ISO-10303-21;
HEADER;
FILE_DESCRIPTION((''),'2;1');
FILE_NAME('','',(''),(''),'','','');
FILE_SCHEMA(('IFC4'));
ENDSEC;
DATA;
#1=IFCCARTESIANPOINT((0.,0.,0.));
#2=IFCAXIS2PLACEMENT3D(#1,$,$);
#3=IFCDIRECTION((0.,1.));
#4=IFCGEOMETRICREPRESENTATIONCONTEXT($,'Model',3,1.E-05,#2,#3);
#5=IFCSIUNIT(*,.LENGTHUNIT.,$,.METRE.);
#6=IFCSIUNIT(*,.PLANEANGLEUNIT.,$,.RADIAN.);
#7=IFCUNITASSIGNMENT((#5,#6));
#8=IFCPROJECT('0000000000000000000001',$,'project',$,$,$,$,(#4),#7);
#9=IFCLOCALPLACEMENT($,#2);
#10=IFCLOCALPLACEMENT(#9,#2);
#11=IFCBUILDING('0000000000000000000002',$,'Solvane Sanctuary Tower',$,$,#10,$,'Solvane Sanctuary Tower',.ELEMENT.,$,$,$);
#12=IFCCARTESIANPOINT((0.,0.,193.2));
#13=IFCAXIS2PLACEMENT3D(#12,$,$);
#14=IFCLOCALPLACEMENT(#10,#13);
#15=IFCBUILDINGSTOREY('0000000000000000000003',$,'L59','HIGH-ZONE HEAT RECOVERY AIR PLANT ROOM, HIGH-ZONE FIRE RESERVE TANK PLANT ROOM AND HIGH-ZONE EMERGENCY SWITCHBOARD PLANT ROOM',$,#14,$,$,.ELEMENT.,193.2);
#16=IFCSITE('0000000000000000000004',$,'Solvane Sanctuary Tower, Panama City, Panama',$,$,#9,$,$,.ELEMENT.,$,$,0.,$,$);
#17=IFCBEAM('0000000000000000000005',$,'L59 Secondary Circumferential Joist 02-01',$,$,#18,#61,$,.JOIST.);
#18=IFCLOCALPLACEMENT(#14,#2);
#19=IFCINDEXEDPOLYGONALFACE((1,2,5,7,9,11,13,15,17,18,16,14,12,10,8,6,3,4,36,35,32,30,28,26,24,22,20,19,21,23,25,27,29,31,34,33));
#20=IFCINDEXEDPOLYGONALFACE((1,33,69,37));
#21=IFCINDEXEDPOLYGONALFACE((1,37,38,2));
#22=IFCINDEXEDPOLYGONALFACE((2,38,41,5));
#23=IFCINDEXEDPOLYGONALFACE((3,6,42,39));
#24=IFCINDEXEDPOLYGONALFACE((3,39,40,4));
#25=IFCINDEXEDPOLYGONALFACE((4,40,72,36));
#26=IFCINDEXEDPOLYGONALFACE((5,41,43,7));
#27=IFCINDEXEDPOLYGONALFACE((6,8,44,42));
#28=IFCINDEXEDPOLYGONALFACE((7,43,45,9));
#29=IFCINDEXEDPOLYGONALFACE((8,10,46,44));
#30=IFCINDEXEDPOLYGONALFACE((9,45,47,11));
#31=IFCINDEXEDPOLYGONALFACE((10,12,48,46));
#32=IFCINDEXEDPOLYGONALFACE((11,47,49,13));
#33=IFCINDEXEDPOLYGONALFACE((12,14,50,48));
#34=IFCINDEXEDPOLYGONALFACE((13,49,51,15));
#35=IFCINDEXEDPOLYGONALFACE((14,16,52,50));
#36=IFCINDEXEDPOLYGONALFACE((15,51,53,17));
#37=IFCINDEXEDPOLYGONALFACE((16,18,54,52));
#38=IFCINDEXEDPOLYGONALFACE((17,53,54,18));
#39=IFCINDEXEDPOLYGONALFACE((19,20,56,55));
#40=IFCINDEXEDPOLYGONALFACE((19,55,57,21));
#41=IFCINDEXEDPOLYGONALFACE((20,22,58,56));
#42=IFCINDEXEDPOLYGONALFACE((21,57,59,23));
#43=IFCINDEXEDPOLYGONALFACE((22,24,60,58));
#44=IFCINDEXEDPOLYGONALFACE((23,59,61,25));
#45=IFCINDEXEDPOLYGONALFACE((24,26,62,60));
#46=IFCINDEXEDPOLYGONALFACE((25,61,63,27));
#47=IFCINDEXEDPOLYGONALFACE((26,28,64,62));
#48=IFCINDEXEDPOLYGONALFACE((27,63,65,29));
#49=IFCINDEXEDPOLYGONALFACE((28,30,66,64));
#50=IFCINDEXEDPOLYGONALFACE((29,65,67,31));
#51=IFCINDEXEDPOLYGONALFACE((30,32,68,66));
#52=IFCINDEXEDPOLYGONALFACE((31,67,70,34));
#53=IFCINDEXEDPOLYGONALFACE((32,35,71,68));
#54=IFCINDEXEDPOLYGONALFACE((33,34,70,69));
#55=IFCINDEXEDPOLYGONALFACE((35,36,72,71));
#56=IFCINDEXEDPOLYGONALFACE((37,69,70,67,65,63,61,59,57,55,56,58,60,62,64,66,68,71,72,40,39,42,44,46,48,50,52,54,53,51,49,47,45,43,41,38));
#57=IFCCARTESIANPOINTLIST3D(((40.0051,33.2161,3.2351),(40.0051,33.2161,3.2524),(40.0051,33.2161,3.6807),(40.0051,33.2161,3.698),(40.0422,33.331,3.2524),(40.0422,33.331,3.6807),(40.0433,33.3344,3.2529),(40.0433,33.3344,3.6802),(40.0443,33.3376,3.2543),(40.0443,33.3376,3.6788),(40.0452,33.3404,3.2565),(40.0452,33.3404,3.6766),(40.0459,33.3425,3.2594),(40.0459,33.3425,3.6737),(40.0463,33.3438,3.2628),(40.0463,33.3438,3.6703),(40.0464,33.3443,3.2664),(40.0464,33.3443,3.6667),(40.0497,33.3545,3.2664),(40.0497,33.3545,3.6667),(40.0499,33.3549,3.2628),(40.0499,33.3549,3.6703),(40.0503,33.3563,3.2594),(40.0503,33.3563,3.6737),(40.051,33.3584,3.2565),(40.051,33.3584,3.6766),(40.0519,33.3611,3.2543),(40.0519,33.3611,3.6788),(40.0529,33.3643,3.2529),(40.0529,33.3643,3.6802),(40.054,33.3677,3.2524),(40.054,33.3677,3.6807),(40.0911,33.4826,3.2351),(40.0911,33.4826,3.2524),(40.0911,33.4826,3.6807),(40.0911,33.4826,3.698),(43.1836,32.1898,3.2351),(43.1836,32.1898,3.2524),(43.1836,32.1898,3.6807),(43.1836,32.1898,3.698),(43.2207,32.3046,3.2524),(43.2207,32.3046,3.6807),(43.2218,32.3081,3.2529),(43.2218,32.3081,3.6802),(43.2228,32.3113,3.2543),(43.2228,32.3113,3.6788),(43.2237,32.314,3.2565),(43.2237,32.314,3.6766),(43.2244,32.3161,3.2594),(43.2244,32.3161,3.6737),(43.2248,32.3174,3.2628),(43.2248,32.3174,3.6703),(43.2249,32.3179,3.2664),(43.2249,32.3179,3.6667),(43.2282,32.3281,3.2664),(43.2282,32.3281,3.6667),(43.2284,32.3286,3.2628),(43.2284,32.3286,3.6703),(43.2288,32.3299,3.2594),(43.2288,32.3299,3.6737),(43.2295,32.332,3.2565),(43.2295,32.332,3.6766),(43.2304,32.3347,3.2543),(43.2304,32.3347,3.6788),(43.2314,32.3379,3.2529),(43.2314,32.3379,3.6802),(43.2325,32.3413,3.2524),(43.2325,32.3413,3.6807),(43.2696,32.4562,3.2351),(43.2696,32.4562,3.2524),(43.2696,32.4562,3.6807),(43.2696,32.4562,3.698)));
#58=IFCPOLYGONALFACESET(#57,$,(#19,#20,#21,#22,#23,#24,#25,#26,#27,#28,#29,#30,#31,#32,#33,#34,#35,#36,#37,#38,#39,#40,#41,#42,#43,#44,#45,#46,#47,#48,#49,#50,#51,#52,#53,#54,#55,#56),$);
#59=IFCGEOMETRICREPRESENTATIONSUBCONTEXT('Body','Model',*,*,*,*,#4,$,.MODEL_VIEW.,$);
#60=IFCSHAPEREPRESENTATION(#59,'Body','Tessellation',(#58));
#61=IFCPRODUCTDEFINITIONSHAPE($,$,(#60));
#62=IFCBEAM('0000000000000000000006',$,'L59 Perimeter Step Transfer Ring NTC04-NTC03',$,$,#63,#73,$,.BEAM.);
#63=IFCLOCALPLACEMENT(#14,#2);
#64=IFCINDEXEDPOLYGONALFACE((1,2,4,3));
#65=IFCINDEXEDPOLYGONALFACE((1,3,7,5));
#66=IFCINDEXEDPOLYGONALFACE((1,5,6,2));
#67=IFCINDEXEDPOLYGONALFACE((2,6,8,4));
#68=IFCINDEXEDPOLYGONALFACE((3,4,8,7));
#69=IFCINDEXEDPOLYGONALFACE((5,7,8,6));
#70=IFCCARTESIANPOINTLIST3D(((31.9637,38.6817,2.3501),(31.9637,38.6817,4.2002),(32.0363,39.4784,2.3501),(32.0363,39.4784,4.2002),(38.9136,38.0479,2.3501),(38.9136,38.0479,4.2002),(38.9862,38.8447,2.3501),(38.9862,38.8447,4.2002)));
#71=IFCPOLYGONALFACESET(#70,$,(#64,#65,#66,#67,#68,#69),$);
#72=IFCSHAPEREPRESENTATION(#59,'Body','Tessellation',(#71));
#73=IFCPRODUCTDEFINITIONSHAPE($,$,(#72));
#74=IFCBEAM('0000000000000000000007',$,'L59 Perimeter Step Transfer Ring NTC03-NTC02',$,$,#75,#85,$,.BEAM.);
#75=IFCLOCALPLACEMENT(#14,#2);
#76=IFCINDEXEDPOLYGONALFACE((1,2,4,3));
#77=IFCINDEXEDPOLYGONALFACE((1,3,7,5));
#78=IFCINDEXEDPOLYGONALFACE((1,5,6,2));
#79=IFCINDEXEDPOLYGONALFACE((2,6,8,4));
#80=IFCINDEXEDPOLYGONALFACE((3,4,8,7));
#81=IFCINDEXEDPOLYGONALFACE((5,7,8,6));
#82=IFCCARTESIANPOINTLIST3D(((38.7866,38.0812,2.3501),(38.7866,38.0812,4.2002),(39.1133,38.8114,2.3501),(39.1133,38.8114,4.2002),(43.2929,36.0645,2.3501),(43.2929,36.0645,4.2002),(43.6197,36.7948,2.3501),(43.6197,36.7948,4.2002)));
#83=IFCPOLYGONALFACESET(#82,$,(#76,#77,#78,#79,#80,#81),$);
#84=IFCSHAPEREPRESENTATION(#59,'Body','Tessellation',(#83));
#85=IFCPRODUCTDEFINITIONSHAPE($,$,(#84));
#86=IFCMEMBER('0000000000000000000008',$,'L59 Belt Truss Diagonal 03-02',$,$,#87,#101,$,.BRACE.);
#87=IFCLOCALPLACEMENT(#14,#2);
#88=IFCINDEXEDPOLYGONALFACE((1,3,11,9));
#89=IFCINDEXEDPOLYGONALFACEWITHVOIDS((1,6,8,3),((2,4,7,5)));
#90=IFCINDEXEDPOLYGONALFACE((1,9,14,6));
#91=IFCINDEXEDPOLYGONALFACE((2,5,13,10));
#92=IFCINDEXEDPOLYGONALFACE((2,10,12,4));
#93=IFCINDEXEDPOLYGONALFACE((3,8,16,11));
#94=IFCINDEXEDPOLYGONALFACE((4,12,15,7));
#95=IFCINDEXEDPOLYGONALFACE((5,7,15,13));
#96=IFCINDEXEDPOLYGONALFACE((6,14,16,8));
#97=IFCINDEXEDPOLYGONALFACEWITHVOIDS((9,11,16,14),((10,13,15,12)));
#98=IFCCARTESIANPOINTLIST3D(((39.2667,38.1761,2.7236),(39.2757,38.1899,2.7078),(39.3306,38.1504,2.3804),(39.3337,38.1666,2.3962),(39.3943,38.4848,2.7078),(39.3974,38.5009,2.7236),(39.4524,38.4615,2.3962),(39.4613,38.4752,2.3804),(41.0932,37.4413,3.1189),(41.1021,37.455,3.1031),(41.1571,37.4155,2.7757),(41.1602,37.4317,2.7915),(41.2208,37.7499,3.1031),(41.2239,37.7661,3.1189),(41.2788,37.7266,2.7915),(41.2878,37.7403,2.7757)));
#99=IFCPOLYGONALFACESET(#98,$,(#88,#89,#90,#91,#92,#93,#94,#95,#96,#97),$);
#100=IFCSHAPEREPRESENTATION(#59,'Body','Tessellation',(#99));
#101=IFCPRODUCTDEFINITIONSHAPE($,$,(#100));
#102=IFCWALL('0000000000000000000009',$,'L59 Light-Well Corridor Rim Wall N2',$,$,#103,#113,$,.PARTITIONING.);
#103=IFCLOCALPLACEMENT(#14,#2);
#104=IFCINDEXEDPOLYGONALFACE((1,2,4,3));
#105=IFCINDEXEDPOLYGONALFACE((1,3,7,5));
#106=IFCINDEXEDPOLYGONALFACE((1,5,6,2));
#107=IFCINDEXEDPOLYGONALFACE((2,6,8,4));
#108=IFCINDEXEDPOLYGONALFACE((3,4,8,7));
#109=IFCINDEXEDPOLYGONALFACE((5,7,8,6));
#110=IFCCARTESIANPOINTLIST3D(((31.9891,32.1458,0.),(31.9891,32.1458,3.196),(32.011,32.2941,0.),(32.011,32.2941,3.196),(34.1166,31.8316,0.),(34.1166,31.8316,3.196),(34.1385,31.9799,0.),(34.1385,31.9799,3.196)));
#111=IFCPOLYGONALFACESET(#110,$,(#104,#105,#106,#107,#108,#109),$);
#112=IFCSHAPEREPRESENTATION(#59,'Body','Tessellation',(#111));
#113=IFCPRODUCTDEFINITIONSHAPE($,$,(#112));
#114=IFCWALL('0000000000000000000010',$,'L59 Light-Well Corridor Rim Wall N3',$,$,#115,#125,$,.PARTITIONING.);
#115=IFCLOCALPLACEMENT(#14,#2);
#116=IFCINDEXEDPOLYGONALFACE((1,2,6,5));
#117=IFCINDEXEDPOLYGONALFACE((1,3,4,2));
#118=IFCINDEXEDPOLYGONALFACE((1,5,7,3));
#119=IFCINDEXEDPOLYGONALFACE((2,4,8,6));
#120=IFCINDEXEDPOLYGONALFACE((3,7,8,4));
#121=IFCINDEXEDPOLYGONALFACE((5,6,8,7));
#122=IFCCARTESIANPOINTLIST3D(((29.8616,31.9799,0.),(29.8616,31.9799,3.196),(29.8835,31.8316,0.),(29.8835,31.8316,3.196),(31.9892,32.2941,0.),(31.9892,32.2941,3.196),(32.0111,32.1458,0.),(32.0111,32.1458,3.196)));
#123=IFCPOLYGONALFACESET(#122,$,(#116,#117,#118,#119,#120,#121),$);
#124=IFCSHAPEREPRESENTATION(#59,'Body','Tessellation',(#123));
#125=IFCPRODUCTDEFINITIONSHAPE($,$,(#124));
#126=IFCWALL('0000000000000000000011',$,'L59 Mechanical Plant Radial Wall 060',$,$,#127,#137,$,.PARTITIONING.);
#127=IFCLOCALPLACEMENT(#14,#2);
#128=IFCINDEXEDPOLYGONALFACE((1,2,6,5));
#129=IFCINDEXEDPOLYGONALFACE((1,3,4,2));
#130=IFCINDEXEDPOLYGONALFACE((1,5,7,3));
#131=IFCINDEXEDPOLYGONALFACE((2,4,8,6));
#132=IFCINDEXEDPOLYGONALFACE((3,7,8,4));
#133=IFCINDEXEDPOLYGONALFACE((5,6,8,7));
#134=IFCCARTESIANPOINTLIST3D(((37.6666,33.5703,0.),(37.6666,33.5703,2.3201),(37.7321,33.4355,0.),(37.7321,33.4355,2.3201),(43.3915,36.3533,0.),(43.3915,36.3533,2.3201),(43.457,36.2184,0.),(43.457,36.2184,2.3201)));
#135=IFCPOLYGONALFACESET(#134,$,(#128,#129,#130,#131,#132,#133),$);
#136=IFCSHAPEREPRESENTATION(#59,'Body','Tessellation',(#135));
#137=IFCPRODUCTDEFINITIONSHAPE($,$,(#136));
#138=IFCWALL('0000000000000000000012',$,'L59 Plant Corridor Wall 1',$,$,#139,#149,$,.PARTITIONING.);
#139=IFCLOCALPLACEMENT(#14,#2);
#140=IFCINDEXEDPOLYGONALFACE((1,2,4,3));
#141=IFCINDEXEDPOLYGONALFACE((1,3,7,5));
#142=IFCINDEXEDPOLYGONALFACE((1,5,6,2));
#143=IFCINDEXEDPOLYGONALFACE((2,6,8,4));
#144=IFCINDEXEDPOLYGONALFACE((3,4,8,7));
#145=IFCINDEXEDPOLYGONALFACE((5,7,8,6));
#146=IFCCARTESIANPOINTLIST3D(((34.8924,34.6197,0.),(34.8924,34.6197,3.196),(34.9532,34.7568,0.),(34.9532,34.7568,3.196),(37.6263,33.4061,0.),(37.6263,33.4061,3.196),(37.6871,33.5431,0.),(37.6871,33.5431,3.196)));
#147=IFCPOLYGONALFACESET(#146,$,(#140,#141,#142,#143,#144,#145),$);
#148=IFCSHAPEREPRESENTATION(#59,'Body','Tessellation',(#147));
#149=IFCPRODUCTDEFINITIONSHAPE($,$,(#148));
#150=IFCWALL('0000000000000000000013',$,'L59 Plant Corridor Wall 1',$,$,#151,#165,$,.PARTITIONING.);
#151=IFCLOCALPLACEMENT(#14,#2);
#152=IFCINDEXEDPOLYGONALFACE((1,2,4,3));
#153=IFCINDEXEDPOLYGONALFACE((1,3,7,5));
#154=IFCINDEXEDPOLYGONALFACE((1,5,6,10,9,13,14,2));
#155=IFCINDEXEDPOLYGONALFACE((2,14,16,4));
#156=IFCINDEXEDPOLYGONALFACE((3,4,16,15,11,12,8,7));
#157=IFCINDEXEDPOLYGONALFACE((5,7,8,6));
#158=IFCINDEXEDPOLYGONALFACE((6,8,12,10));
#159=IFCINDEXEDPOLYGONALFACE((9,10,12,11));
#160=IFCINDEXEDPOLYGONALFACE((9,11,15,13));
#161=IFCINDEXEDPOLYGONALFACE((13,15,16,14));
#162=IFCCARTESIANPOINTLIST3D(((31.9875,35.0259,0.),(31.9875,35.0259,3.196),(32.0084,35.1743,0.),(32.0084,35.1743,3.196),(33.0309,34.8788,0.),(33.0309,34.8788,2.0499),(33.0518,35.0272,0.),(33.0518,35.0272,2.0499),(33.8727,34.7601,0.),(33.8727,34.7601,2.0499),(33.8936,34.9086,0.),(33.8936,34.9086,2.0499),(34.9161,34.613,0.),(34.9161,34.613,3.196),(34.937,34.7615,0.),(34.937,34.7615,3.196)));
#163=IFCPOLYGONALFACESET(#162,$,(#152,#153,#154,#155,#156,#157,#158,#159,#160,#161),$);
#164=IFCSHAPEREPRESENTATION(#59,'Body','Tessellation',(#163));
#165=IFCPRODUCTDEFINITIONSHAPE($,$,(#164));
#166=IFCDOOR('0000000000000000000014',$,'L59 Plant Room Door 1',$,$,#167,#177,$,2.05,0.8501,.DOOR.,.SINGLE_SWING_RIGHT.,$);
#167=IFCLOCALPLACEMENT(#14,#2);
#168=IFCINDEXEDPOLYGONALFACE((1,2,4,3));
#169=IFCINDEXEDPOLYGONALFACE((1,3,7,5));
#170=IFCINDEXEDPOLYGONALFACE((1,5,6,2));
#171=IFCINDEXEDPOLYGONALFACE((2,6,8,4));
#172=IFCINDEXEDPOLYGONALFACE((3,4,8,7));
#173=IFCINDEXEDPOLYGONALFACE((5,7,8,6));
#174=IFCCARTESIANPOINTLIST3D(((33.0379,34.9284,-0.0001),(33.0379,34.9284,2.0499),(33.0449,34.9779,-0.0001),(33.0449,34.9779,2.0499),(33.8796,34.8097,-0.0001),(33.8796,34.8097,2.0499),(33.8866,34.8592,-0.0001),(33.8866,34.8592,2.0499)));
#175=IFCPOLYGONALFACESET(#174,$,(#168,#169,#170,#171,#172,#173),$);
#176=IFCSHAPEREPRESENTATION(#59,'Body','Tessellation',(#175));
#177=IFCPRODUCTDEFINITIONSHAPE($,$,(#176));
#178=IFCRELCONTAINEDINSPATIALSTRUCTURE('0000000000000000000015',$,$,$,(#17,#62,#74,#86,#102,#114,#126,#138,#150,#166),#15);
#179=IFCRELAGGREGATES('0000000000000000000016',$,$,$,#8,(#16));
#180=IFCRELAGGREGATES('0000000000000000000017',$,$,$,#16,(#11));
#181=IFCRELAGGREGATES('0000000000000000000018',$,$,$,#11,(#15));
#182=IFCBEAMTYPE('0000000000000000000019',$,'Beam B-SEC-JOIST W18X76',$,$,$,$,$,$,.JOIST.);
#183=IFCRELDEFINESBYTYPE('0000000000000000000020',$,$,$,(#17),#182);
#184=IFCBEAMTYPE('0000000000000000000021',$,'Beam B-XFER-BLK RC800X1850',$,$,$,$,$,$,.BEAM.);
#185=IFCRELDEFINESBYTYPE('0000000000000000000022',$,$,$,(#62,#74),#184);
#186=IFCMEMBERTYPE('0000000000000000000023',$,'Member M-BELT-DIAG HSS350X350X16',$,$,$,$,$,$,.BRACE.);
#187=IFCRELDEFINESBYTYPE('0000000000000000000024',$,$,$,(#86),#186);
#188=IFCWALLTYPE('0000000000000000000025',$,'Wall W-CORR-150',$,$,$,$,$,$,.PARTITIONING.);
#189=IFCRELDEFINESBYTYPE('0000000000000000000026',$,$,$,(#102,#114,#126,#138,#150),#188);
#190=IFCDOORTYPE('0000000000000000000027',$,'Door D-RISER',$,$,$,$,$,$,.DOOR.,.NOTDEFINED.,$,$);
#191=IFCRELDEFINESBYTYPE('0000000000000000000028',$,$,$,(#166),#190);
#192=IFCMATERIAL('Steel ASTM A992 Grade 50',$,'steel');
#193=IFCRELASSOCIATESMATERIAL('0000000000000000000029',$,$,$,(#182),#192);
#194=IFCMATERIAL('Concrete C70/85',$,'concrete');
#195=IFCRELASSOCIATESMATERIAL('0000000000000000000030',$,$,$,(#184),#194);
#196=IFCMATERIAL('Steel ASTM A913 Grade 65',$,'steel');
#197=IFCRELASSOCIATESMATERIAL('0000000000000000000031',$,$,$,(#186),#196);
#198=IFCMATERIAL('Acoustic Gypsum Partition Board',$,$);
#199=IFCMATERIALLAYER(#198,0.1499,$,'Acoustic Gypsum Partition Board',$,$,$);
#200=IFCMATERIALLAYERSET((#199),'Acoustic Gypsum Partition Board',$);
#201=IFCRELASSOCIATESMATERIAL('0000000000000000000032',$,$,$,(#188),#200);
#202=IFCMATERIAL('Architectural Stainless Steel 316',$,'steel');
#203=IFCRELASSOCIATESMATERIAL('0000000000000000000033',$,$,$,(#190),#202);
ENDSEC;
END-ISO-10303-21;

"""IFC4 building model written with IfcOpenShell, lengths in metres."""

from ifc_helpers import new_model, si_unit, direction, frame, frame_2d, origin, origin_2d, place, context, subcontext, project, spatial, rectangle, hollow_rectangle, i_section, extrude, material, layer, layer_set, material_profile, profile_set, type_object, element, fill, save


model = new_model("IFC4")

# Units and contexts
model_context = context("Model", 3, precision=1e-05, world=origin(), true_north=direction((0.0, 1.0)))
body_context = subcontext(model_context, "Body", "Model", "MODEL_VIEW")
ifc_project = project(units=[si_unit("LENGTHUNIT", "METRE"), si_unit("PLANEANGLEUNIT", "RADIAN")], contexts=[model_context])

# Site, building, storey
site_placement = place(None, origin())
site = spatial("IfcSite", under=ifc_project, at=site_placement, Name="Solvane Sanctuary Tower, Panama City, Panama", CompositionType="ELEMENT", RefElevation=0.0)
building_placement = place(site_placement, origin())
building = spatial("IfcBuilding", under=site, at=building_placement, Name="Solvane Sanctuary Tower", LongName="Solvane Sanctuary Tower", CompositionType="ELEMENT")
storey_placement = place(building_placement, frame((0.0, 0.0, 193.2)))
storey = spatial("IfcBuildingStorey", under=building, at=storey_placement, Name="L59", Description="HIGH-ZONE HEAT RECOVERY AIR PLANT ROOM, HIGH-ZONE FIRE RESERVE TANK PLANT ROOM AND HIGH-ZONE EMERGENCY SWITCHBOARD PLANT ROOM", CompositionType="ELEMENT", Elevation=193.2)

# Beams
ifc_material_1 = material(Name="Steel ASTM A913 Grade 65", Category="steel")
ifc_material_2 = material(Name="Steel ASTM A992 Grade 50", Category="steel")
ifc_material_profile_1 = material_profile(ifc_material_2, i_section(OverallWidth=0.28, OverallDepth=0.4629, WebThickness=0.0107, FlangeThickness=0.0173, FilletRadius=0.0139, at=origin_2d()), Name="W18X76")
ifc_profile_set_1 = profile_set([ifc_material_profile_1], Name="Steel ASTM A992 Grade 50")
beam_type_1 = type_object("IfcBeamType", Name="Beam B-SEC-JOIST W18X76", PredefinedType="JOIST", material=ifc_profile_set_1)
beam_1_placement = place(storey_placement, frame((40.0481, 33.3494, 3.4666), z_axis=(0.951616, -0.307289, 0.0), x_axis=(0.307289, 0.951616, 0.0)))
element("IfcBeam", 1, at=beam_1_placement, inside=storey, type_object=beam_type_1, Name="L59 Secondary Circumferential Joist 02-01", PredefinedType="JOIST", context=body_context, shape_type="SweptSolid", body=[
    extrude(i_section(OverallWidth=0.28, OverallDepth=0.4629, WebThickness=0.0107, FlangeThickness=0.0173, FilletRadius=0.0139, at=origin_2d()), origin(), (0.0, 0.0, 1.0), 3.3401),
])
ifc_material_3 = material(Name="Concrete C70/85", Category="concrete")
ifc_material_profile_2 = material_profile(ifc_material_3, rectangle(XDim=0.8, YDim=1.8501, at=origin_2d()), Name="RC800X1850")
ifc_profile_set_2 = profile_set([ifc_material_profile_2], Name="Concrete C70/85")
beam_type_2 = type_object("IfcBeamType", Name="Beam B-XFER-BLK RC800X1850", PredefinedType="BEAM", material=ifc_profile_set_2)
beam_2_placement = place(storey_placement, frame((32.0, 39.0801, 3.2751), z_axis=(0.995868, -0.090816, 0.0), x_axis=(0.090816, 0.995868, 0.0)))
element("IfcBeam", 2, at=beam_2_placement, inside=storey, type_object=beam_type_2, Name="L59 Perimeter Step Transfer Ring NTC04-NTC03", PredefinedType="BEAM", context=body_context, shape_type="SweptSolid", body=[
    extrude(rectangle(XDim=0.8, YDim=1.8501, at=origin_2d()), origin(), (0.0, 0.0, 1.0), 6.9788),
])
beam_3_placement = place(storey_placement, frame((38.95, 38.4463, 3.2751), z_axis=(0.912773, -0.408468, 0.0), x_axis=(0.408468, 0.912773, 0.0)))
element("IfcBeam", 3, at=beam_3_placement, inside=storey, type_object=beam_type_2, Name="L59 Perimeter Step Transfer Ring NTC03-NTC02", PredefinedType="BEAM", context=body_context, shape_type="SweptSolid", body=[
    extrude(rectangle(XDim=0.8, YDim=1.8501, at=origin_2d()), origin(), (0.0, 0.0, 1.0), 4.937),
])

# Member
ifc_material_profile_3 = material_profile(ifc_material_1, hollow_rectangle(XDim=0.3501, YDim=0.3501, WallThickness=0.0161, at=origin_2d()), Name="HSS350X350X16")
ifc_profile_set_3 = profile_set([ifc_material_profile_3], Name="Steel ASTM A913 Grade 65")
member_type = type_object("IfcMemberType", Name="Member M-BELT-DIAG HSS350X350X16", PredefinedType="BRACE", material=ifc_profile_set_3)
member_placement = place(storey_placement, frame((39.364, 38.3257, 2.552), z_axis=(0.909571, -0.365968, 0.196845), x_axis=(0.373271, 0.927722, 0.0)))
element("IfcMember", 4, at=member_placement, inside=storey, type_object=member_type, Name="L59 Belt Truss Diagonal 03-02", PredefinedType="BRACE", context=body_context, shape_type="SweptSolid", body=[
    extrude(hollow_rectangle(XDim=0.3501, YDim=0.3501, WallThickness=0.0161, at=origin_2d()), origin(), (0.0, 0.0, 1.0), 2.0081),
])

# Walls
ifc_material_4 = material(Name="Acoustic Gypsum Partition Board")
ifc_layer_1 = layer(ifc_material_4, 0.1499, Name="Acoustic Gypsum Partition Board")
ifc_layer_set_1 = layer_set([ifc_layer_1], Name="Acoustic Gypsum Partition Board")
wall_type_1 = type_object("IfcWallType", Name="Wall W-CORR-150", PredefinedType="PARTITIONING", material=ifc_layer_set_1)
for number, where, z_axis, x_axis, name in (
    (5, (34.1274, 31.9058, 0.0), (0.0, 0.0, 1.0), (-0.989269, 0.146108, 0.0), "L59 Light-Well Corridor Rim Wall N2"),
    (6, (32.0, 32.22, 0.0), (0.0, 0.0, 1.0), (-0.989269, -0.146108, 0.0), "L59 Light-Well Corridor Rim Wall N3"),
):
    element("IfcWall", number, at=place(storey_placement, frame(where, z_axis=z_axis, x_axis=x_axis)), inside=storey, type_object=wall_type_1, Name=name, PredefinedType="PARTITIONING", context=body_context, shape_type="SweptSolid", body=[
        extrude(rectangle(XDim=2.1506, YDim=0.1499, at=frame_2d((1.0752, 0.0))), origin(), (0.0, 0.0, 1.0), 3.196),
    ])
wall_1_placement = place(storey_placement, frame((37.6995, 33.5029, 0.0), z_axis=(0.0, 0.0, 1.0), x_axis=(0.899365, 0.437198, 0.0)))
element("IfcWall", 7, at=wall_1_placement, inside=storey, type_object=wall_type_1, Name="L59 Mechanical Plant Radial Wall 060", PredefinedType="PARTITIONING", context=body_context, shape_type="SweptSolid", body=[
    extrude(rectangle(XDim=6.3655, YDim=0.1499, at=frame_2d((3.1826, 0.0))), origin(), (0.0, 0.0, 1.0), 2.3201),
])
wall_2_placement = place(storey_placement, frame((37.6567, 33.4746, 0.0), z_axis=(0.0, 0.0, 1.0), x_axis=(-0.91399, 0.405737, 0.0)))
element("IfcWall", 8, at=wall_2_placement, inside=storey, type_object=wall_type_1, Name="L59 Plant Corridor Wall 1", PredefinedType="PARTITIONING", context=body_context, shape_type="SweptSolid", body=[
    extrude(rectangle(XDim=2.9912, YDim=0.1499, at=frame_2d((1.4956, 0.0))), origin(), (0.0, 0.0, 1.0), 3.196),
])

# Wall, opening, door
wall_3_placement = place(storey_placement, frame((34.9265, 34.6873, 0.0), z_axis=(0.0, 0.0, 1.0), x_axis=(-0.990209, 0.139595, 0.0)))
wall_3 = element("IfcWall", 9, at=wall_3_placement, inside=storey, type_object=wall_type_1, Name="L59 Plant Corridor Wall 1", PredefinedType="PARTITIONING", context=body_context, shape_type="SweptSolid", body=[
    extrude(rectangle(XDim=2.9575, YDim=0.1499, at=frame_2d((1.4788, 0.0))), origin(), (0.0, 0.0, 1.0), 3.196),
])
opening_placement = place(wall_3_placement, frame((1.0537, 0.0, 0.0)))
opening = element("IfcOpeningElement", 10, at=opening_placement, cuts=wall_3, PredefinedType="OPENING", context=body_context, shape_type="SweptSolid", body=[
    extrude(rectangle(XDim=0.8501, YDim=2.05, at=frame_2d((0.425, 1.0249))), frame((0.0, 0.085, 0.0), z_axis=(0.0, -1.0, 0.0), x_axis=(1.0, 0.0, 0.0)), (0.0, 0.0, 1.0), 0.1699),
])
ifc_material_5 = material(Name="Architectural Stainless Steel 316", Category="steel")
door_type = type_object("IfcDoorType", Name="Door D-RISER", OperationType="NOTDEFINED", PredefinedType="DOOR", material=ifc_material_5)
door_placement = place(opening_placement, origin())
door = element("IfcDoor", 11, at=door_placement, inside=storey, type_object=door_type, Name="L59 Plant Room Door 1", OperationType="SINGLE_SWING_RIGHT", OverallHeight=2.05, OverallWidth=0.8501, PredefinedType="DOOR", context=body_context, shape_type="SweptSolid", body=[
    extrude(rectangle(XDim=0.8501, YDim=2.05, at=frame_2d((0.425, 1.0249))), frame((0.0, 0.0249, 0.0), z_axis=(0.0, -1.0, 0.0), x_axis=(1.0, 0.0, 0.0)), (0.0, 0.0, 1.0), 0.05),
])
fill(opening, door)

save(model, "model.ifc")
